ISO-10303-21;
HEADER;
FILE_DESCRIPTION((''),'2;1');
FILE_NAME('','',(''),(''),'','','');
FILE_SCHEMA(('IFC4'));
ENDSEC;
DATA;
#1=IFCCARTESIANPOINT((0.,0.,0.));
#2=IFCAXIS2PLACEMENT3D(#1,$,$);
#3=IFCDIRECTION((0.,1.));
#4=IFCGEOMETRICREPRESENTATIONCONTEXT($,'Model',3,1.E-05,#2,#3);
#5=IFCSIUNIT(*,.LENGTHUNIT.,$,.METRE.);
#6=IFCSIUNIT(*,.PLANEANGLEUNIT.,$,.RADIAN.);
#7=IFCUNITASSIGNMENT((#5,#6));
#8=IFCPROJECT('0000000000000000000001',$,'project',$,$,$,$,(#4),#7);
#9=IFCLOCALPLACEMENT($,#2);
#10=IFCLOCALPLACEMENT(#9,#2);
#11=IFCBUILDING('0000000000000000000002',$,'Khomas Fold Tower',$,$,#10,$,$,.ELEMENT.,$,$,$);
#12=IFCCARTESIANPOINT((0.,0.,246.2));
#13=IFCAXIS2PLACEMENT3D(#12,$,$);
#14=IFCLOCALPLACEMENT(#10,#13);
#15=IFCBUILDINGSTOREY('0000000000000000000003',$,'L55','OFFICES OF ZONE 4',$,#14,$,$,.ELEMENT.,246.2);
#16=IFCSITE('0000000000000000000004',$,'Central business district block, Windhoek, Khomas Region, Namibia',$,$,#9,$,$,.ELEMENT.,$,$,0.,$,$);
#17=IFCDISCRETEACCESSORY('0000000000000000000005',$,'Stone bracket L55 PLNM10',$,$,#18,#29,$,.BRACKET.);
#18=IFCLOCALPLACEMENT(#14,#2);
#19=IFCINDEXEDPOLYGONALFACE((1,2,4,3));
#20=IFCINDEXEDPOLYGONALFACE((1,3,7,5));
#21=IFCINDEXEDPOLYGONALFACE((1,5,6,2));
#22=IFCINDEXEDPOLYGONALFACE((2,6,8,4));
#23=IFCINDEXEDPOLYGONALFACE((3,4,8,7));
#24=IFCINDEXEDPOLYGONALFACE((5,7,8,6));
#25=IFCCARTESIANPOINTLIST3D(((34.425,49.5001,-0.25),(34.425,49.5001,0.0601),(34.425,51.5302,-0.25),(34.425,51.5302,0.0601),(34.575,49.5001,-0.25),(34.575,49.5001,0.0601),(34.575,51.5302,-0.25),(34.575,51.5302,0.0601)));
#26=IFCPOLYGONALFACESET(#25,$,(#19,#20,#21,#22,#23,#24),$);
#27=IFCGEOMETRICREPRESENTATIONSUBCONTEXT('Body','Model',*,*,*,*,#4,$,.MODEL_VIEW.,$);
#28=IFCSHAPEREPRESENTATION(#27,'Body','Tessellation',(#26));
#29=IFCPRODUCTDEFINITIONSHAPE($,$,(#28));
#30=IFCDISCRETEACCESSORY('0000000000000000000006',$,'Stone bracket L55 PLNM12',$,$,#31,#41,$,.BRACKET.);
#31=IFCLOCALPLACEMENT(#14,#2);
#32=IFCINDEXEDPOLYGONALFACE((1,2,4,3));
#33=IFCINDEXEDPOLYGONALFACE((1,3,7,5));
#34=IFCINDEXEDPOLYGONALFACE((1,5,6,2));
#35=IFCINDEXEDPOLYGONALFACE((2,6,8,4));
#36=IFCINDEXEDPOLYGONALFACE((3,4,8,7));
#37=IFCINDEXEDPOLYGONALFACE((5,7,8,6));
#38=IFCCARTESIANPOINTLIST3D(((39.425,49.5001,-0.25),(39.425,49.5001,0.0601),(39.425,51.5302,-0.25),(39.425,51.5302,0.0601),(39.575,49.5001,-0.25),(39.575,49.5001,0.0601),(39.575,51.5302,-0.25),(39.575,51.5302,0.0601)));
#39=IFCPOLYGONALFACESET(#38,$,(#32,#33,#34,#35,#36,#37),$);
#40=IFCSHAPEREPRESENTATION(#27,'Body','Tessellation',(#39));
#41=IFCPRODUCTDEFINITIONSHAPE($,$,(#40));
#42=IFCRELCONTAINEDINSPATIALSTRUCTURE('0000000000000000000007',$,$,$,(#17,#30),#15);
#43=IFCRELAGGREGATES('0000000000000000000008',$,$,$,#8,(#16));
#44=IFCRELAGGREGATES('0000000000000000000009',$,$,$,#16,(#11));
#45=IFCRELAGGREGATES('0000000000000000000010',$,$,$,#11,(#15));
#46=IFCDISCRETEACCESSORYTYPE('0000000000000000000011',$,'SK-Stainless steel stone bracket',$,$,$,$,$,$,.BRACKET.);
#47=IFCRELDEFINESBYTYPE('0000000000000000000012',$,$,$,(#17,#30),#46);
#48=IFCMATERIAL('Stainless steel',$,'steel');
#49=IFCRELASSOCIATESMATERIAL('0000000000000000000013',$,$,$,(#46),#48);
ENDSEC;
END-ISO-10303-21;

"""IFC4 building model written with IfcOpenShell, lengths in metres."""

from ifc_helpers import new_model, si_unit, direction, frame, origin, origin_2d, place, context, subcontext, project, spatial, rectangle, extrude, source, transform, mapped, material, type_object, element, save


model = new_model("IFC4")

# Units and contexts
model_context = context("Model", 3, precision=1e-05, world=origin(), true_north=direction((0.0, 1.0)))
body_context = subcontext(model_context, "Body", "Model", "MODEL_VIEW")
ifc_project = project(units=[si_unit("LENGTHUNIT", "METRE"), si_unit("PLANEANGLEUNIT", "RADIAN")], contexts=[model_context])

# Site, building, storey
site_placement = place(None, origin())
site = spatial("IfcSite", under=ifc_project, at=site_placement, Name="Central business district block, Windhoek, Khomas Region, Namibia", CompositionType="ELEMENT", RefElevation=0.0)
building_placement = place(site_placement, origin())
building = spatial("IfcBuilding", under=site, at=building_placement, Name="Khomas Fold Tower", CompositionType="ELEMENT")
storey_placement = place(building_placement, frame((0.0, 0.0, 246.2)))
storey = spatial("IfcBuildingStorey", under=building, at=storey_placement, Name="L55", Description="OFFICES OF ZONE 4", CompositionType="ELEMENT", Elevation=246.2)

# Discrete accessories
ifc_material_1 = material(Name="Stainless steel", Category="steel")
discrete_accessory_type = type_object("IfcDiscreteAccessoryType", Name="SK-Stainless steel stone bracket", PredefinedType="BRACKET", material=ifc_material_1)
shared_shape_1 = source(origin(), body_context, "Body", "SweptSolid", [
    extrude(rectangle(XDim=2.03, YDim=0.1499, at=origin_2d()), origin(), (0.0, 0.0, 1.0), 0.3101),
])
for number, where, z_axis, x_axis, name in (
    (1, (34.5, 50.5151, -0.25), (0.0, 0.0, 1.0), (0.0, 1.0, 0.0), "Stone bracket L55 PLNM10"),
    (2, (39.5, 50.5151, -0.25), (0.0, 0.0, 1.0), (0.0, 1.0, 0.0), "Stone bracket L55 PLNM12"),
):
    element("IfcDiscreteAccessory", number, at=place(storey_placement, frame(where, z_axis=z_axis, x_axis=x_axis)), inside=storey, type_object=discrete_accessory_type, Name=name, PredefinedType="BRACKET", context=body_context, shape_type="MappedRepresentation", body=[
        mapped(shared_shape_1, transform((0.0, 0.0, 0.0))),
    ])

save(model, "model.ifc")
